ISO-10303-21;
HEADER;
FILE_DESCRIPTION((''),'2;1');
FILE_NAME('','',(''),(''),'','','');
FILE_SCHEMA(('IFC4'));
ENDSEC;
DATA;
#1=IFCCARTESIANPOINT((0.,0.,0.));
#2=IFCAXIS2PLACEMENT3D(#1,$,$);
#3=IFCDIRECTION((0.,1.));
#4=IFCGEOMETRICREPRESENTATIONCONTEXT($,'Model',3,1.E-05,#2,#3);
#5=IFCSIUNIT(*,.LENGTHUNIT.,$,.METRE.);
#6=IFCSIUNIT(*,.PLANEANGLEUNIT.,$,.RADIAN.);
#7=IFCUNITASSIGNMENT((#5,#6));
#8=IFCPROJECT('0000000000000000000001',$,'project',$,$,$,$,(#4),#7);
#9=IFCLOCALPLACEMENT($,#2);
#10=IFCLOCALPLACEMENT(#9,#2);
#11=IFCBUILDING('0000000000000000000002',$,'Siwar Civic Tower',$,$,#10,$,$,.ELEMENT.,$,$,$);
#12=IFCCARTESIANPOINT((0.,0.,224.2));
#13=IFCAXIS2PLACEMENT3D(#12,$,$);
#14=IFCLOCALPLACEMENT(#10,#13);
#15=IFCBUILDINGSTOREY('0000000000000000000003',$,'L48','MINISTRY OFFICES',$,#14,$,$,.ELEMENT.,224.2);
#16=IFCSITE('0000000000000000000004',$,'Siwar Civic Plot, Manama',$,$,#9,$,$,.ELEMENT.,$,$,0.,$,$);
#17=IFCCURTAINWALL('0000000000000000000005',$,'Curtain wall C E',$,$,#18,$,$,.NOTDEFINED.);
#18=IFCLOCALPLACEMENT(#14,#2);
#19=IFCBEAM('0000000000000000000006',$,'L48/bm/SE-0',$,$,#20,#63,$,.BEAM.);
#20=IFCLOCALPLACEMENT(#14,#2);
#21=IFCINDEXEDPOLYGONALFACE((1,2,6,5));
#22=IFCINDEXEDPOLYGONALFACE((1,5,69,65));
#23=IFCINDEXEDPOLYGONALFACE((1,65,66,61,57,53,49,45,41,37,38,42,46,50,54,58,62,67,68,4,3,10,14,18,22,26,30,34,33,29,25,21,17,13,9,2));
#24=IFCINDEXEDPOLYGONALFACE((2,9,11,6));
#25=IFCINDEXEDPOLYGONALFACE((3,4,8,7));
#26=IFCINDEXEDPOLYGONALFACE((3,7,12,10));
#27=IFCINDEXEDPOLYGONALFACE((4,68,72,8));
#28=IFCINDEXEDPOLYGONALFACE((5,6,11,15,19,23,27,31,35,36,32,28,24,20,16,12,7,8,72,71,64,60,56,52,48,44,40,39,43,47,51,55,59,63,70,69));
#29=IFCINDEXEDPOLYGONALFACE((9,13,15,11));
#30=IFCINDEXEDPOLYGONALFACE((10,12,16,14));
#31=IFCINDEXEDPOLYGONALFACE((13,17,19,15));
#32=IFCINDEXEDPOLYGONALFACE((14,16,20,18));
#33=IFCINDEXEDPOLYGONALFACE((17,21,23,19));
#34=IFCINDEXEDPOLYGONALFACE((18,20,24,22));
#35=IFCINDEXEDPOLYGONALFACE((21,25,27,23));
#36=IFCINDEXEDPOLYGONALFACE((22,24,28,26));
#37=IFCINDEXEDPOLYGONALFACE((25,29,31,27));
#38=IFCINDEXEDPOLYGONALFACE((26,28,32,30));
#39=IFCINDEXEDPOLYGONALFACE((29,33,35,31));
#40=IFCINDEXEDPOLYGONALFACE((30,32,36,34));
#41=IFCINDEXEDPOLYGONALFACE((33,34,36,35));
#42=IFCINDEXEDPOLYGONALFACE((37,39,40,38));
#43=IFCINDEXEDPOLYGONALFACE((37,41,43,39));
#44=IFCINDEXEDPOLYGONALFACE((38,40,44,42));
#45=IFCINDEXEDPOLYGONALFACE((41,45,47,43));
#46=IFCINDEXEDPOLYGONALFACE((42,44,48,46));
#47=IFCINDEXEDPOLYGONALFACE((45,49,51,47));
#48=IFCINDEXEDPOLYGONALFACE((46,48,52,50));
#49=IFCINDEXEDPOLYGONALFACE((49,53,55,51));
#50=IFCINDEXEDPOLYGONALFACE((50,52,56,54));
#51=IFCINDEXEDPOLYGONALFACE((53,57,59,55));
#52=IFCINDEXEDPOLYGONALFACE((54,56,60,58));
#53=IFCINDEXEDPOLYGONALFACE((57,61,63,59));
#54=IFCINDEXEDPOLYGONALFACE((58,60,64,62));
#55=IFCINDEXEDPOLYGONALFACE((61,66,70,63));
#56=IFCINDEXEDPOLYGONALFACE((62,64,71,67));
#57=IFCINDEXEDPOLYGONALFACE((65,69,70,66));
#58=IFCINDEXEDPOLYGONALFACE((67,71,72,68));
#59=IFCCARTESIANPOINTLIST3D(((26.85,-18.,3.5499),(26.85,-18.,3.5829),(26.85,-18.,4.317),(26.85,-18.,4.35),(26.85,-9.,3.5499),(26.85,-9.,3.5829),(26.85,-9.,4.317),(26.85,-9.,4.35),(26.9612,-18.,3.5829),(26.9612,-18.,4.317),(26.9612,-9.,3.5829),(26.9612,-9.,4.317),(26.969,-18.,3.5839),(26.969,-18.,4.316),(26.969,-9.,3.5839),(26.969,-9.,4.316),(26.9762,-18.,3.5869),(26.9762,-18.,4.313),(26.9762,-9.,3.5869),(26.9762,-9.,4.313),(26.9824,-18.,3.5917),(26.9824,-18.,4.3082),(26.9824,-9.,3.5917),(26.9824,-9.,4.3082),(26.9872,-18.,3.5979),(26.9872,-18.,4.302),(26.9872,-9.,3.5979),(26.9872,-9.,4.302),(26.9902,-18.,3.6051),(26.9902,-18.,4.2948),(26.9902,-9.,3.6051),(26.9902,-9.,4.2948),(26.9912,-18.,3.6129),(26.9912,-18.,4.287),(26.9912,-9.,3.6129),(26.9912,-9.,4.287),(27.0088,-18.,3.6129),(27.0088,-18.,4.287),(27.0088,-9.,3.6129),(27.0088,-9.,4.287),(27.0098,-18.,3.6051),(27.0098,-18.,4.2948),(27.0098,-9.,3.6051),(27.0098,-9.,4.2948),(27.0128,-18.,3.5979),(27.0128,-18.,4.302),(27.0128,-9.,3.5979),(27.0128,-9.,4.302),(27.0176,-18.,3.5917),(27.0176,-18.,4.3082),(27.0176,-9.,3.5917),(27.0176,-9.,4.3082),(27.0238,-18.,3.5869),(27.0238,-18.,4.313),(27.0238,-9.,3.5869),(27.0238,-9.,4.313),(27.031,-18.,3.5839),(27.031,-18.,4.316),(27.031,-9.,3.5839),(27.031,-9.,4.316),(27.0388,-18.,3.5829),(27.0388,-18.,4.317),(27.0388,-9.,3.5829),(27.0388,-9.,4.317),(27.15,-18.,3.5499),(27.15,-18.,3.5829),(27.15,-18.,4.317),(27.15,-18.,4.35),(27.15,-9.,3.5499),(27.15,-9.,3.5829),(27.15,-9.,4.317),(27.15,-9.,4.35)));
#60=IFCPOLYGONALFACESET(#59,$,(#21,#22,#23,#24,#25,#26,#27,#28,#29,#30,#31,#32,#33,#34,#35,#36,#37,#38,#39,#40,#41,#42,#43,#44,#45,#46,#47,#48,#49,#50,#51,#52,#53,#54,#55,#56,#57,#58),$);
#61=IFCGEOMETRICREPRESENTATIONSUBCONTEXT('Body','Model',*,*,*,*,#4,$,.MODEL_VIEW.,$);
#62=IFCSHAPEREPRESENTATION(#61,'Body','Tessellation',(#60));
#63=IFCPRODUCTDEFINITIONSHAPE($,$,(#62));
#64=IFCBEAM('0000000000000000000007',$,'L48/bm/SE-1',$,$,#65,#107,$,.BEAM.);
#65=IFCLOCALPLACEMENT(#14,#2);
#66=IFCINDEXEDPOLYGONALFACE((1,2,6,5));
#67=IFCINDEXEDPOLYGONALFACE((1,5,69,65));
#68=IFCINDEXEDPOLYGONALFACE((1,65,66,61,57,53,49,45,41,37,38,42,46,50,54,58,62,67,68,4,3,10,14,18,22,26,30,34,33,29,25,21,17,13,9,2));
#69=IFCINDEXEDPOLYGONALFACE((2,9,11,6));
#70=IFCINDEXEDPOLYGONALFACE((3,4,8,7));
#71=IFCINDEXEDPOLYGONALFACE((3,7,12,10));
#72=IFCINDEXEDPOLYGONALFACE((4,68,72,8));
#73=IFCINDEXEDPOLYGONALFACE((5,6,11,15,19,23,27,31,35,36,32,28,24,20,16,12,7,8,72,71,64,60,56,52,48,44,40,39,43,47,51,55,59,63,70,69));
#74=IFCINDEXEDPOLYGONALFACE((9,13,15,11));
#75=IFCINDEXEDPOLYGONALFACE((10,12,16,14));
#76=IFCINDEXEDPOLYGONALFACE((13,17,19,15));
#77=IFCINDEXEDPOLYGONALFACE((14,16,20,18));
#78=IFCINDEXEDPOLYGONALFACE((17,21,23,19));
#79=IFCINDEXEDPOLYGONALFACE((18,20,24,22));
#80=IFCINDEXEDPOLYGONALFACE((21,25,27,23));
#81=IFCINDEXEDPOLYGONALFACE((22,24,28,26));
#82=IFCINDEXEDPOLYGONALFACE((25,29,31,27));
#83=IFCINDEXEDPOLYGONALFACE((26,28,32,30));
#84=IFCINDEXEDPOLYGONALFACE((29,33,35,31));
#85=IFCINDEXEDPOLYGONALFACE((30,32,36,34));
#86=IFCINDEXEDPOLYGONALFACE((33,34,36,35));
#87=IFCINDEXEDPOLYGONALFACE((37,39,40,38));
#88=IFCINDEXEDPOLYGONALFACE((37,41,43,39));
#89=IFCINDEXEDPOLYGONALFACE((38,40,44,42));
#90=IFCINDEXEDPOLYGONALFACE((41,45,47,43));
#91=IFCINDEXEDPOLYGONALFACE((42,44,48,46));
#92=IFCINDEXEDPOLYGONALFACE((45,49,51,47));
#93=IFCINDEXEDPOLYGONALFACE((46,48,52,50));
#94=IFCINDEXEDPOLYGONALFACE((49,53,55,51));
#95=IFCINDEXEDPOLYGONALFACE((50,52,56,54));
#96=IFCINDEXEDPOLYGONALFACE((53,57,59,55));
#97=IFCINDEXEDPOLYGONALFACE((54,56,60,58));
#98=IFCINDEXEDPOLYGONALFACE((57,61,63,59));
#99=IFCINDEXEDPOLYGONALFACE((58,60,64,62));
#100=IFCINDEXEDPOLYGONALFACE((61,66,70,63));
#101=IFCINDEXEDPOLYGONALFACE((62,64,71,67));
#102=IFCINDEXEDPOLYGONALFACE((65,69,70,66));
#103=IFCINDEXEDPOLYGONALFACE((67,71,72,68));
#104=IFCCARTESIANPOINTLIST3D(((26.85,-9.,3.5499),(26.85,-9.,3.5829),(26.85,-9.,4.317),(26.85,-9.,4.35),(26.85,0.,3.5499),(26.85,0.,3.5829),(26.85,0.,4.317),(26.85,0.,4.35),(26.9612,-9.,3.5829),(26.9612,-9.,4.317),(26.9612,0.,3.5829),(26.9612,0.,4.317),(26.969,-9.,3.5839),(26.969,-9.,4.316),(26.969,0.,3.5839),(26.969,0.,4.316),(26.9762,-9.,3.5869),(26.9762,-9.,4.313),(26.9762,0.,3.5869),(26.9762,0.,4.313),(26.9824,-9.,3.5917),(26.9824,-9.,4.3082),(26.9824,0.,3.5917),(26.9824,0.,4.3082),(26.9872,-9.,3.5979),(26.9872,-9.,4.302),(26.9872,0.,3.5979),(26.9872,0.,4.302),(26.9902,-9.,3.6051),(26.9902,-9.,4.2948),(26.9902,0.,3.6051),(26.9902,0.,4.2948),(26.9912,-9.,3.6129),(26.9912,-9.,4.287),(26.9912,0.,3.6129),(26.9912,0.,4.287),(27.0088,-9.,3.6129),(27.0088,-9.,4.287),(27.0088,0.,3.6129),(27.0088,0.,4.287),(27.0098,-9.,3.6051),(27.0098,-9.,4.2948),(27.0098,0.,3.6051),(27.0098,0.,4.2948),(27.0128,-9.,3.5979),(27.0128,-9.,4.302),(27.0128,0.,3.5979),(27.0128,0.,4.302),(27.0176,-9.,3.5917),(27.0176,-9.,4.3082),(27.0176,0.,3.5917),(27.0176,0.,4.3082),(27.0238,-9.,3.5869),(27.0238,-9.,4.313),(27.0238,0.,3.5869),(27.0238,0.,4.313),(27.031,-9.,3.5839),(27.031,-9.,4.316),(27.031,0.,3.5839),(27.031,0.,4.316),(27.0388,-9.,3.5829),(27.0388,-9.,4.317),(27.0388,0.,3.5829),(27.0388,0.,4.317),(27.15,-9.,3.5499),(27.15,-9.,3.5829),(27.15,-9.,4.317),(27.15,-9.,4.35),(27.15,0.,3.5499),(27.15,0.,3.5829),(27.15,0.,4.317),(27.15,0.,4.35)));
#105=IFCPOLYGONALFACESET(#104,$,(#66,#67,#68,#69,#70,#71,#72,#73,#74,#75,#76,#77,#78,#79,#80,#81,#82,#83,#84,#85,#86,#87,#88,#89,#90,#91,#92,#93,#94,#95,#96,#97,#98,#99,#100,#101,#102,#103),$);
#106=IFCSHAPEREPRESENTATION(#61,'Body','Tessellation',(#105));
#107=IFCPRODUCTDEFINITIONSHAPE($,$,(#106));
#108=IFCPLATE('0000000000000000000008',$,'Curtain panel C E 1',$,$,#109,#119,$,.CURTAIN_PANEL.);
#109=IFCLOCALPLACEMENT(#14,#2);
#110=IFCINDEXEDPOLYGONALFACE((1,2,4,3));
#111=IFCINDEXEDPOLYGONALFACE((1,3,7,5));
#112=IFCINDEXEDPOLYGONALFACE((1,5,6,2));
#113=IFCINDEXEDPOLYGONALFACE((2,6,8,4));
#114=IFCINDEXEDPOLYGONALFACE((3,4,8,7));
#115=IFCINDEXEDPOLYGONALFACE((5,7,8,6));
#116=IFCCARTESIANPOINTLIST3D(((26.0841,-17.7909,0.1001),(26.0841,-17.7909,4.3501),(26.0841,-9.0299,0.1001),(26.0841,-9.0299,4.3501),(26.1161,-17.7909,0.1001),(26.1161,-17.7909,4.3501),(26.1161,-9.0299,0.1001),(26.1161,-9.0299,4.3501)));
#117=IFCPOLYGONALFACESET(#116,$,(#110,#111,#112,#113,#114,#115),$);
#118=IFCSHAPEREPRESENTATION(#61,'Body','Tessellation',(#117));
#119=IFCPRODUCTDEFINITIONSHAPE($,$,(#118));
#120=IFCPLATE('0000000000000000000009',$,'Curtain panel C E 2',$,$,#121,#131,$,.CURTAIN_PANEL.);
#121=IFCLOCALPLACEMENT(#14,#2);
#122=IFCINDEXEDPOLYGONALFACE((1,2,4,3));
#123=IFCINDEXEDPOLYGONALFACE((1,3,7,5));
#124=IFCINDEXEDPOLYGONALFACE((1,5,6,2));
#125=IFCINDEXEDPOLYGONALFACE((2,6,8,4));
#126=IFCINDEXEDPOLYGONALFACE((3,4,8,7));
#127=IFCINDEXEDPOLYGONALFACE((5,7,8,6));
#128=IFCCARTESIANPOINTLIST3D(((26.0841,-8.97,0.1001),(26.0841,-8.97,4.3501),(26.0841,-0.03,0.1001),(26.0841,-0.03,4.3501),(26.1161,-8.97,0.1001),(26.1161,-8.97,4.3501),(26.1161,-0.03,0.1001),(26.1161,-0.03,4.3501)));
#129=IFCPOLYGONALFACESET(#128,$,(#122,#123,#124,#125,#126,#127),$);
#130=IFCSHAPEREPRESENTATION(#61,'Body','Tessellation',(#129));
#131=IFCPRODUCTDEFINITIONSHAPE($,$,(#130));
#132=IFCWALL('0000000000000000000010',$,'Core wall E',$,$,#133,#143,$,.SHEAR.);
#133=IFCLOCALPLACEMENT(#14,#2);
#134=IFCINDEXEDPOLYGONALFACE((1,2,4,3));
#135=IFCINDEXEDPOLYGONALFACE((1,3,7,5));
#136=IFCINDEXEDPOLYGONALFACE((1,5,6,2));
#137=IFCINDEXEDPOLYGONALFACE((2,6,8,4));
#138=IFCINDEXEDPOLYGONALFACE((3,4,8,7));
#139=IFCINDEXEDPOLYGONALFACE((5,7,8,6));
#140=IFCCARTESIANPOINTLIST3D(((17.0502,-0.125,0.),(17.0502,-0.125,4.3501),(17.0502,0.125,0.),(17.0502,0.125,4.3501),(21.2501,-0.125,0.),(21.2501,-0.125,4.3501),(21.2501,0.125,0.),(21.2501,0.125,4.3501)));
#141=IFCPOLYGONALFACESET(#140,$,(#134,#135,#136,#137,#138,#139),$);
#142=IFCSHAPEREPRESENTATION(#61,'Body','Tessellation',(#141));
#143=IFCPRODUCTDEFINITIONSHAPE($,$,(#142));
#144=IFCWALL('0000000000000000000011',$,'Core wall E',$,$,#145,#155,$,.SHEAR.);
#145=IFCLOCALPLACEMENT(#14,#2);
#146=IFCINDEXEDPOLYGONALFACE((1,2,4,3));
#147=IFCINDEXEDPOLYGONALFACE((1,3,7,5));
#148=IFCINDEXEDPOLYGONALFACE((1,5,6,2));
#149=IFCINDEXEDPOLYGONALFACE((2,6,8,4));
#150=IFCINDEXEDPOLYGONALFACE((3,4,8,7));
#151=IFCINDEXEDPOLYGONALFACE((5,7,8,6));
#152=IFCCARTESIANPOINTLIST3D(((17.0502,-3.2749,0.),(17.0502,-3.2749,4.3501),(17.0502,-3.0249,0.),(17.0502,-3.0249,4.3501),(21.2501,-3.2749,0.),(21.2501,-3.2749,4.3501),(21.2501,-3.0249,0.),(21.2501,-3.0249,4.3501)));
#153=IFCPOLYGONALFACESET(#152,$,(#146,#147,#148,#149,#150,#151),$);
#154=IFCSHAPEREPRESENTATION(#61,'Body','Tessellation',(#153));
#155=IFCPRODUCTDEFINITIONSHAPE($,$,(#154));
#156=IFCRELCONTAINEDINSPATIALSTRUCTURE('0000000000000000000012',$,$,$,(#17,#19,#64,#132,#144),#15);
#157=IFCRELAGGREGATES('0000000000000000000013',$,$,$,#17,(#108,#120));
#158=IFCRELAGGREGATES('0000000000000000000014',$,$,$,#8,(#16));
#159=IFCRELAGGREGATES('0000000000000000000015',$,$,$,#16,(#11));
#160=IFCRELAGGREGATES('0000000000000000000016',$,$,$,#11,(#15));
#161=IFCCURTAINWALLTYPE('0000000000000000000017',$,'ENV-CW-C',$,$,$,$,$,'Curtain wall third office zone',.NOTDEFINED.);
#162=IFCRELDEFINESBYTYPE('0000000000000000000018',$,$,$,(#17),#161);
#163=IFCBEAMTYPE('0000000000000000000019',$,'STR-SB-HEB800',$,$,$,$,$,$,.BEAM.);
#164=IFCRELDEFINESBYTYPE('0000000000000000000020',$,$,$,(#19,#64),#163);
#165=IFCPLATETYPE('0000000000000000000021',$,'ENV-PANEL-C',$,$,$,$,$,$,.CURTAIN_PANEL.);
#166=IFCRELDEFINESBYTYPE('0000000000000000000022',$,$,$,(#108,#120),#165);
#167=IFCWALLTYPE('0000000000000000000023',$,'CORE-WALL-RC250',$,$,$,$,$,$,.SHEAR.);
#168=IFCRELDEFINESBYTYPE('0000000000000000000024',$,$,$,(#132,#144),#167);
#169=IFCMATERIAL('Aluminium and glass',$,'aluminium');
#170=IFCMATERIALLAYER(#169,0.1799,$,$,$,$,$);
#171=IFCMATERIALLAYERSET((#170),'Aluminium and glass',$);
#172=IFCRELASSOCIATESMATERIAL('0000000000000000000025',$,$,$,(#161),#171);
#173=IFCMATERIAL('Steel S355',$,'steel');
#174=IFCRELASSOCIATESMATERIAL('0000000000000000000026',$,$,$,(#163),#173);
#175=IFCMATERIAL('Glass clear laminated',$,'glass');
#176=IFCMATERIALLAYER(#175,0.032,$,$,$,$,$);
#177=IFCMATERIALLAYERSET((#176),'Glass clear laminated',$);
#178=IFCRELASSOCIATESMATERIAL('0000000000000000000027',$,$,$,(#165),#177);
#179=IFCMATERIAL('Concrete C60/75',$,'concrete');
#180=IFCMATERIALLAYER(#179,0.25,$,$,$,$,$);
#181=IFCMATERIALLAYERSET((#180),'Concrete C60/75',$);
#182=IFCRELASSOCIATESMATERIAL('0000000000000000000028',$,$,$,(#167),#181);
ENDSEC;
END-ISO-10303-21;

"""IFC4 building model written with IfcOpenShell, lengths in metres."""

from ifc_helpers import new_model, si_unit, direction, frame, frame_2d, origin, origin_2d, place, context, subcontext, project, spatial, rectangle, i_section, extrude, material, layer, layer_set, material_profile, profile_set, type_object, element, aggregate, save


model = new_model("IFC4")

# Units and contexts
model_context = context("Model", 3, precision=1e-05, world=origin(), true_north=direction((0.0, 1.0)))
body_context = subcontext(model_context, "Body", "Model", "MODEL_VIEW")
ifc_project = project(units=[si_unit("LENGTHUNIT", "METRE"), si_unit("PLANEANGLEUNIT", "RADIAN")], contexts=[model_context])

# Site, building, storey
site_placement = place(None, origin())
site = spatial("IfcSite", under=ifc_project, at=site_placement, Name="Siwar Civic Plot, Manama", CompositionType="ELEMENT", RefElevation=0.0)
building_placement = place(site_placement, origin())
building = spatial("IfcBuilding", under=site, at=building_placement, Name="Siwar Civic Tower", CompositionType="ELEMENT")
storey_placement = place(building_placement, frame((0.0, 0.0, 224.2)))
storey = spatial("IfcBuildingStorey", under=building, at=storey_placement, Name="L48", Description="MINISTRY OFFICES", CompositionType="ELEMENT", Elevation=224.2)

# Curtain wall
ifc_material_1 = material(Name="Aluminium and glass", Category="aluminium")
ifc_layer_1 = layer(ifc_material_1, 0.1799)
ifc_layer_set_1 = layer_set([ifc_layer_1], Name="Aluminium and glass")
curtain_wall_type = type_object("IfcCurtainWallType", Name="ENV-CW-C", ElementType="Curtain wall third office zone", PredefinedType="NOTDEFINED", material=ifc_layer_set_1)
curtain_wall_placement = place(storey_placement, origin())
curtain_wall = element("IfcCurtainWall", 1, at=curtain_wall_placement, inside=storey, type_object=curtain_wall_type, Name="Curtain wall C E", PredefinedType="NOTDEFINED")

# Beams
ifc_material_2 = material(Name="Steel S355", Category="steel")
ifc_material_profile_1 = material_profile(ifc_material_2, i_section(OverallWidth=0.3, OverallDepth=0.8, WebThickness=0.0176, FlangeThickness=0.033, FilletRadius=0.03, at=origin_2d()), Name="HEB800")
ifc_profile_set_1 = profile_set([ifc_material_profile_1], Name="Steel S355")
beam_type_1 = type_object("IfcBeamType", Name="STR-SB-HEB800", PredefinedType="BEAM", material=ifc_profile_set_1)
for number, where, z_axis, x_axis, name in (
    (2, (27.0, -18.0, 3.95), (0.0, 1.0, 0.0), (-1.0, 0.0, 0.0), "L48/bm/SE-0"),
    (3, (27.0, -9.0, 3.95), (0.0, 1.0, 0.0), (-1.0, 0.0, 0.0), "L48/bm/SE-1"),
):
    element("IfcBeam", number, at=place(storey_placement, frame(where, z_axis=z_axis, x_axis=x_axis)), inside=storey, type_object=beam_type_1, Name=name, PredefinedType="BEAM", context=body_context, shape_type="SweptSolid", body=[
        extrude(i_section(OverallWidth=0.3, OverallDepth=0.8, WebThickness=0.0176, FlangeThickness=0.033, FilletRadius=0.03, at=origin_2d()), origin(), (0.0, 0.0, 1.0), 9.0),
    ])

# Plates
ifc_material_3 = material(Name="Glass clear laminated", Category="glass")
ifc_layer_2 = layer(ifc_material_3, 0.032)
ifc_layer_set_2 = layer_set([ifc_layer_2], Name="Glass clear laminated")
plate_type = type_object("IfcPlateType", Name="ENV-PANEL-C", PredefinedType="CURTAIN_PANEL", material=ifc_layer_set_2)
plate_1_placement = place(storey_placement, frame((26.1001, -13.4104, 0.1001), z_axis=(0.0, 0.0, 1.0), x_axis=(0.0, 1.0, 0.0)))
plate_1 = element("IfcPlate", 4, at=plate_1_placement, type_object=plate_type, Name="Curtain panel C E 1", PredefinedType="CURTAIN_PANEL", context=body_context, shape_type="SweptSolid", body=[
    extrude(rectangle(XDim=8.761, YDim=0.032, at=origin_2d()), origin(), (0.0, 0.0, 1.0), 4.25),
])
plate_2_placement = place(storey_placement, frame((26.1001, -4.5, 0.1001), z_axis=(0.0, 0.0, 1.0), x_axis=(0.0, 1.0, 0.0)))
plate_2 = element("IfcPlate", 5, at=plate_2_placement, type_object=plate_type, Name="Curtain panel C E 2", PredefinedType="CURTAIN_PANEL", context=body_context, shape_type="SweptSolid", body=[
    extrude(rectangle(XDim=8.9399, YDim=0.032, at=origin_2d()), origin(), (0.0, 0.0, 1.0), 4.25),
])
aggregate(curtain_wall, [plate_1, plate_2])

# Walls
ifc_material_4 = material(Name="Concrete C60/75", Category="concrete")
ifc_layer_3 = layer(ifc_material_4, 0.25)
ifc_layer_set_3 = layer_set([ifc_layer_3], Name="Concrete C60/75")
wall_type_1 = type_object("IfcWallType", Name="CORE-WALL-RC250", PredefinedType="SHEAR", material=ifc_layer_set_3)
for number, where, z_axis, x_axis, name in (
    (6, (17.05, 0.0, 0.0), (0.0, 0.0, 1.0), (1.0, 0.0, 0.0), "Core wall E"),
    (7, (17.05, -3.1499, 0.0), (0.0, 0.0, 1.0), (1.0, 0.0, 0.0), "Core wall E"),
):
    element("IfcWall", number, at=place(storey_placement, frame(where, z_axis=z_axis, x_axis=x_axis)), inside=storey, type_object=wall_type_1, Name=name, PredefinedType="SHEAR", context=body_context, shape_type="SweptSolid", body=[
        extrude(rectangle(XDim=4.2, YDim=0.25, at=frame_2d((2.1001, 0.0))), origin(), (0.0, 0.0, 1.0), 4.3501),
    ])

save(model, "model.ifc")
